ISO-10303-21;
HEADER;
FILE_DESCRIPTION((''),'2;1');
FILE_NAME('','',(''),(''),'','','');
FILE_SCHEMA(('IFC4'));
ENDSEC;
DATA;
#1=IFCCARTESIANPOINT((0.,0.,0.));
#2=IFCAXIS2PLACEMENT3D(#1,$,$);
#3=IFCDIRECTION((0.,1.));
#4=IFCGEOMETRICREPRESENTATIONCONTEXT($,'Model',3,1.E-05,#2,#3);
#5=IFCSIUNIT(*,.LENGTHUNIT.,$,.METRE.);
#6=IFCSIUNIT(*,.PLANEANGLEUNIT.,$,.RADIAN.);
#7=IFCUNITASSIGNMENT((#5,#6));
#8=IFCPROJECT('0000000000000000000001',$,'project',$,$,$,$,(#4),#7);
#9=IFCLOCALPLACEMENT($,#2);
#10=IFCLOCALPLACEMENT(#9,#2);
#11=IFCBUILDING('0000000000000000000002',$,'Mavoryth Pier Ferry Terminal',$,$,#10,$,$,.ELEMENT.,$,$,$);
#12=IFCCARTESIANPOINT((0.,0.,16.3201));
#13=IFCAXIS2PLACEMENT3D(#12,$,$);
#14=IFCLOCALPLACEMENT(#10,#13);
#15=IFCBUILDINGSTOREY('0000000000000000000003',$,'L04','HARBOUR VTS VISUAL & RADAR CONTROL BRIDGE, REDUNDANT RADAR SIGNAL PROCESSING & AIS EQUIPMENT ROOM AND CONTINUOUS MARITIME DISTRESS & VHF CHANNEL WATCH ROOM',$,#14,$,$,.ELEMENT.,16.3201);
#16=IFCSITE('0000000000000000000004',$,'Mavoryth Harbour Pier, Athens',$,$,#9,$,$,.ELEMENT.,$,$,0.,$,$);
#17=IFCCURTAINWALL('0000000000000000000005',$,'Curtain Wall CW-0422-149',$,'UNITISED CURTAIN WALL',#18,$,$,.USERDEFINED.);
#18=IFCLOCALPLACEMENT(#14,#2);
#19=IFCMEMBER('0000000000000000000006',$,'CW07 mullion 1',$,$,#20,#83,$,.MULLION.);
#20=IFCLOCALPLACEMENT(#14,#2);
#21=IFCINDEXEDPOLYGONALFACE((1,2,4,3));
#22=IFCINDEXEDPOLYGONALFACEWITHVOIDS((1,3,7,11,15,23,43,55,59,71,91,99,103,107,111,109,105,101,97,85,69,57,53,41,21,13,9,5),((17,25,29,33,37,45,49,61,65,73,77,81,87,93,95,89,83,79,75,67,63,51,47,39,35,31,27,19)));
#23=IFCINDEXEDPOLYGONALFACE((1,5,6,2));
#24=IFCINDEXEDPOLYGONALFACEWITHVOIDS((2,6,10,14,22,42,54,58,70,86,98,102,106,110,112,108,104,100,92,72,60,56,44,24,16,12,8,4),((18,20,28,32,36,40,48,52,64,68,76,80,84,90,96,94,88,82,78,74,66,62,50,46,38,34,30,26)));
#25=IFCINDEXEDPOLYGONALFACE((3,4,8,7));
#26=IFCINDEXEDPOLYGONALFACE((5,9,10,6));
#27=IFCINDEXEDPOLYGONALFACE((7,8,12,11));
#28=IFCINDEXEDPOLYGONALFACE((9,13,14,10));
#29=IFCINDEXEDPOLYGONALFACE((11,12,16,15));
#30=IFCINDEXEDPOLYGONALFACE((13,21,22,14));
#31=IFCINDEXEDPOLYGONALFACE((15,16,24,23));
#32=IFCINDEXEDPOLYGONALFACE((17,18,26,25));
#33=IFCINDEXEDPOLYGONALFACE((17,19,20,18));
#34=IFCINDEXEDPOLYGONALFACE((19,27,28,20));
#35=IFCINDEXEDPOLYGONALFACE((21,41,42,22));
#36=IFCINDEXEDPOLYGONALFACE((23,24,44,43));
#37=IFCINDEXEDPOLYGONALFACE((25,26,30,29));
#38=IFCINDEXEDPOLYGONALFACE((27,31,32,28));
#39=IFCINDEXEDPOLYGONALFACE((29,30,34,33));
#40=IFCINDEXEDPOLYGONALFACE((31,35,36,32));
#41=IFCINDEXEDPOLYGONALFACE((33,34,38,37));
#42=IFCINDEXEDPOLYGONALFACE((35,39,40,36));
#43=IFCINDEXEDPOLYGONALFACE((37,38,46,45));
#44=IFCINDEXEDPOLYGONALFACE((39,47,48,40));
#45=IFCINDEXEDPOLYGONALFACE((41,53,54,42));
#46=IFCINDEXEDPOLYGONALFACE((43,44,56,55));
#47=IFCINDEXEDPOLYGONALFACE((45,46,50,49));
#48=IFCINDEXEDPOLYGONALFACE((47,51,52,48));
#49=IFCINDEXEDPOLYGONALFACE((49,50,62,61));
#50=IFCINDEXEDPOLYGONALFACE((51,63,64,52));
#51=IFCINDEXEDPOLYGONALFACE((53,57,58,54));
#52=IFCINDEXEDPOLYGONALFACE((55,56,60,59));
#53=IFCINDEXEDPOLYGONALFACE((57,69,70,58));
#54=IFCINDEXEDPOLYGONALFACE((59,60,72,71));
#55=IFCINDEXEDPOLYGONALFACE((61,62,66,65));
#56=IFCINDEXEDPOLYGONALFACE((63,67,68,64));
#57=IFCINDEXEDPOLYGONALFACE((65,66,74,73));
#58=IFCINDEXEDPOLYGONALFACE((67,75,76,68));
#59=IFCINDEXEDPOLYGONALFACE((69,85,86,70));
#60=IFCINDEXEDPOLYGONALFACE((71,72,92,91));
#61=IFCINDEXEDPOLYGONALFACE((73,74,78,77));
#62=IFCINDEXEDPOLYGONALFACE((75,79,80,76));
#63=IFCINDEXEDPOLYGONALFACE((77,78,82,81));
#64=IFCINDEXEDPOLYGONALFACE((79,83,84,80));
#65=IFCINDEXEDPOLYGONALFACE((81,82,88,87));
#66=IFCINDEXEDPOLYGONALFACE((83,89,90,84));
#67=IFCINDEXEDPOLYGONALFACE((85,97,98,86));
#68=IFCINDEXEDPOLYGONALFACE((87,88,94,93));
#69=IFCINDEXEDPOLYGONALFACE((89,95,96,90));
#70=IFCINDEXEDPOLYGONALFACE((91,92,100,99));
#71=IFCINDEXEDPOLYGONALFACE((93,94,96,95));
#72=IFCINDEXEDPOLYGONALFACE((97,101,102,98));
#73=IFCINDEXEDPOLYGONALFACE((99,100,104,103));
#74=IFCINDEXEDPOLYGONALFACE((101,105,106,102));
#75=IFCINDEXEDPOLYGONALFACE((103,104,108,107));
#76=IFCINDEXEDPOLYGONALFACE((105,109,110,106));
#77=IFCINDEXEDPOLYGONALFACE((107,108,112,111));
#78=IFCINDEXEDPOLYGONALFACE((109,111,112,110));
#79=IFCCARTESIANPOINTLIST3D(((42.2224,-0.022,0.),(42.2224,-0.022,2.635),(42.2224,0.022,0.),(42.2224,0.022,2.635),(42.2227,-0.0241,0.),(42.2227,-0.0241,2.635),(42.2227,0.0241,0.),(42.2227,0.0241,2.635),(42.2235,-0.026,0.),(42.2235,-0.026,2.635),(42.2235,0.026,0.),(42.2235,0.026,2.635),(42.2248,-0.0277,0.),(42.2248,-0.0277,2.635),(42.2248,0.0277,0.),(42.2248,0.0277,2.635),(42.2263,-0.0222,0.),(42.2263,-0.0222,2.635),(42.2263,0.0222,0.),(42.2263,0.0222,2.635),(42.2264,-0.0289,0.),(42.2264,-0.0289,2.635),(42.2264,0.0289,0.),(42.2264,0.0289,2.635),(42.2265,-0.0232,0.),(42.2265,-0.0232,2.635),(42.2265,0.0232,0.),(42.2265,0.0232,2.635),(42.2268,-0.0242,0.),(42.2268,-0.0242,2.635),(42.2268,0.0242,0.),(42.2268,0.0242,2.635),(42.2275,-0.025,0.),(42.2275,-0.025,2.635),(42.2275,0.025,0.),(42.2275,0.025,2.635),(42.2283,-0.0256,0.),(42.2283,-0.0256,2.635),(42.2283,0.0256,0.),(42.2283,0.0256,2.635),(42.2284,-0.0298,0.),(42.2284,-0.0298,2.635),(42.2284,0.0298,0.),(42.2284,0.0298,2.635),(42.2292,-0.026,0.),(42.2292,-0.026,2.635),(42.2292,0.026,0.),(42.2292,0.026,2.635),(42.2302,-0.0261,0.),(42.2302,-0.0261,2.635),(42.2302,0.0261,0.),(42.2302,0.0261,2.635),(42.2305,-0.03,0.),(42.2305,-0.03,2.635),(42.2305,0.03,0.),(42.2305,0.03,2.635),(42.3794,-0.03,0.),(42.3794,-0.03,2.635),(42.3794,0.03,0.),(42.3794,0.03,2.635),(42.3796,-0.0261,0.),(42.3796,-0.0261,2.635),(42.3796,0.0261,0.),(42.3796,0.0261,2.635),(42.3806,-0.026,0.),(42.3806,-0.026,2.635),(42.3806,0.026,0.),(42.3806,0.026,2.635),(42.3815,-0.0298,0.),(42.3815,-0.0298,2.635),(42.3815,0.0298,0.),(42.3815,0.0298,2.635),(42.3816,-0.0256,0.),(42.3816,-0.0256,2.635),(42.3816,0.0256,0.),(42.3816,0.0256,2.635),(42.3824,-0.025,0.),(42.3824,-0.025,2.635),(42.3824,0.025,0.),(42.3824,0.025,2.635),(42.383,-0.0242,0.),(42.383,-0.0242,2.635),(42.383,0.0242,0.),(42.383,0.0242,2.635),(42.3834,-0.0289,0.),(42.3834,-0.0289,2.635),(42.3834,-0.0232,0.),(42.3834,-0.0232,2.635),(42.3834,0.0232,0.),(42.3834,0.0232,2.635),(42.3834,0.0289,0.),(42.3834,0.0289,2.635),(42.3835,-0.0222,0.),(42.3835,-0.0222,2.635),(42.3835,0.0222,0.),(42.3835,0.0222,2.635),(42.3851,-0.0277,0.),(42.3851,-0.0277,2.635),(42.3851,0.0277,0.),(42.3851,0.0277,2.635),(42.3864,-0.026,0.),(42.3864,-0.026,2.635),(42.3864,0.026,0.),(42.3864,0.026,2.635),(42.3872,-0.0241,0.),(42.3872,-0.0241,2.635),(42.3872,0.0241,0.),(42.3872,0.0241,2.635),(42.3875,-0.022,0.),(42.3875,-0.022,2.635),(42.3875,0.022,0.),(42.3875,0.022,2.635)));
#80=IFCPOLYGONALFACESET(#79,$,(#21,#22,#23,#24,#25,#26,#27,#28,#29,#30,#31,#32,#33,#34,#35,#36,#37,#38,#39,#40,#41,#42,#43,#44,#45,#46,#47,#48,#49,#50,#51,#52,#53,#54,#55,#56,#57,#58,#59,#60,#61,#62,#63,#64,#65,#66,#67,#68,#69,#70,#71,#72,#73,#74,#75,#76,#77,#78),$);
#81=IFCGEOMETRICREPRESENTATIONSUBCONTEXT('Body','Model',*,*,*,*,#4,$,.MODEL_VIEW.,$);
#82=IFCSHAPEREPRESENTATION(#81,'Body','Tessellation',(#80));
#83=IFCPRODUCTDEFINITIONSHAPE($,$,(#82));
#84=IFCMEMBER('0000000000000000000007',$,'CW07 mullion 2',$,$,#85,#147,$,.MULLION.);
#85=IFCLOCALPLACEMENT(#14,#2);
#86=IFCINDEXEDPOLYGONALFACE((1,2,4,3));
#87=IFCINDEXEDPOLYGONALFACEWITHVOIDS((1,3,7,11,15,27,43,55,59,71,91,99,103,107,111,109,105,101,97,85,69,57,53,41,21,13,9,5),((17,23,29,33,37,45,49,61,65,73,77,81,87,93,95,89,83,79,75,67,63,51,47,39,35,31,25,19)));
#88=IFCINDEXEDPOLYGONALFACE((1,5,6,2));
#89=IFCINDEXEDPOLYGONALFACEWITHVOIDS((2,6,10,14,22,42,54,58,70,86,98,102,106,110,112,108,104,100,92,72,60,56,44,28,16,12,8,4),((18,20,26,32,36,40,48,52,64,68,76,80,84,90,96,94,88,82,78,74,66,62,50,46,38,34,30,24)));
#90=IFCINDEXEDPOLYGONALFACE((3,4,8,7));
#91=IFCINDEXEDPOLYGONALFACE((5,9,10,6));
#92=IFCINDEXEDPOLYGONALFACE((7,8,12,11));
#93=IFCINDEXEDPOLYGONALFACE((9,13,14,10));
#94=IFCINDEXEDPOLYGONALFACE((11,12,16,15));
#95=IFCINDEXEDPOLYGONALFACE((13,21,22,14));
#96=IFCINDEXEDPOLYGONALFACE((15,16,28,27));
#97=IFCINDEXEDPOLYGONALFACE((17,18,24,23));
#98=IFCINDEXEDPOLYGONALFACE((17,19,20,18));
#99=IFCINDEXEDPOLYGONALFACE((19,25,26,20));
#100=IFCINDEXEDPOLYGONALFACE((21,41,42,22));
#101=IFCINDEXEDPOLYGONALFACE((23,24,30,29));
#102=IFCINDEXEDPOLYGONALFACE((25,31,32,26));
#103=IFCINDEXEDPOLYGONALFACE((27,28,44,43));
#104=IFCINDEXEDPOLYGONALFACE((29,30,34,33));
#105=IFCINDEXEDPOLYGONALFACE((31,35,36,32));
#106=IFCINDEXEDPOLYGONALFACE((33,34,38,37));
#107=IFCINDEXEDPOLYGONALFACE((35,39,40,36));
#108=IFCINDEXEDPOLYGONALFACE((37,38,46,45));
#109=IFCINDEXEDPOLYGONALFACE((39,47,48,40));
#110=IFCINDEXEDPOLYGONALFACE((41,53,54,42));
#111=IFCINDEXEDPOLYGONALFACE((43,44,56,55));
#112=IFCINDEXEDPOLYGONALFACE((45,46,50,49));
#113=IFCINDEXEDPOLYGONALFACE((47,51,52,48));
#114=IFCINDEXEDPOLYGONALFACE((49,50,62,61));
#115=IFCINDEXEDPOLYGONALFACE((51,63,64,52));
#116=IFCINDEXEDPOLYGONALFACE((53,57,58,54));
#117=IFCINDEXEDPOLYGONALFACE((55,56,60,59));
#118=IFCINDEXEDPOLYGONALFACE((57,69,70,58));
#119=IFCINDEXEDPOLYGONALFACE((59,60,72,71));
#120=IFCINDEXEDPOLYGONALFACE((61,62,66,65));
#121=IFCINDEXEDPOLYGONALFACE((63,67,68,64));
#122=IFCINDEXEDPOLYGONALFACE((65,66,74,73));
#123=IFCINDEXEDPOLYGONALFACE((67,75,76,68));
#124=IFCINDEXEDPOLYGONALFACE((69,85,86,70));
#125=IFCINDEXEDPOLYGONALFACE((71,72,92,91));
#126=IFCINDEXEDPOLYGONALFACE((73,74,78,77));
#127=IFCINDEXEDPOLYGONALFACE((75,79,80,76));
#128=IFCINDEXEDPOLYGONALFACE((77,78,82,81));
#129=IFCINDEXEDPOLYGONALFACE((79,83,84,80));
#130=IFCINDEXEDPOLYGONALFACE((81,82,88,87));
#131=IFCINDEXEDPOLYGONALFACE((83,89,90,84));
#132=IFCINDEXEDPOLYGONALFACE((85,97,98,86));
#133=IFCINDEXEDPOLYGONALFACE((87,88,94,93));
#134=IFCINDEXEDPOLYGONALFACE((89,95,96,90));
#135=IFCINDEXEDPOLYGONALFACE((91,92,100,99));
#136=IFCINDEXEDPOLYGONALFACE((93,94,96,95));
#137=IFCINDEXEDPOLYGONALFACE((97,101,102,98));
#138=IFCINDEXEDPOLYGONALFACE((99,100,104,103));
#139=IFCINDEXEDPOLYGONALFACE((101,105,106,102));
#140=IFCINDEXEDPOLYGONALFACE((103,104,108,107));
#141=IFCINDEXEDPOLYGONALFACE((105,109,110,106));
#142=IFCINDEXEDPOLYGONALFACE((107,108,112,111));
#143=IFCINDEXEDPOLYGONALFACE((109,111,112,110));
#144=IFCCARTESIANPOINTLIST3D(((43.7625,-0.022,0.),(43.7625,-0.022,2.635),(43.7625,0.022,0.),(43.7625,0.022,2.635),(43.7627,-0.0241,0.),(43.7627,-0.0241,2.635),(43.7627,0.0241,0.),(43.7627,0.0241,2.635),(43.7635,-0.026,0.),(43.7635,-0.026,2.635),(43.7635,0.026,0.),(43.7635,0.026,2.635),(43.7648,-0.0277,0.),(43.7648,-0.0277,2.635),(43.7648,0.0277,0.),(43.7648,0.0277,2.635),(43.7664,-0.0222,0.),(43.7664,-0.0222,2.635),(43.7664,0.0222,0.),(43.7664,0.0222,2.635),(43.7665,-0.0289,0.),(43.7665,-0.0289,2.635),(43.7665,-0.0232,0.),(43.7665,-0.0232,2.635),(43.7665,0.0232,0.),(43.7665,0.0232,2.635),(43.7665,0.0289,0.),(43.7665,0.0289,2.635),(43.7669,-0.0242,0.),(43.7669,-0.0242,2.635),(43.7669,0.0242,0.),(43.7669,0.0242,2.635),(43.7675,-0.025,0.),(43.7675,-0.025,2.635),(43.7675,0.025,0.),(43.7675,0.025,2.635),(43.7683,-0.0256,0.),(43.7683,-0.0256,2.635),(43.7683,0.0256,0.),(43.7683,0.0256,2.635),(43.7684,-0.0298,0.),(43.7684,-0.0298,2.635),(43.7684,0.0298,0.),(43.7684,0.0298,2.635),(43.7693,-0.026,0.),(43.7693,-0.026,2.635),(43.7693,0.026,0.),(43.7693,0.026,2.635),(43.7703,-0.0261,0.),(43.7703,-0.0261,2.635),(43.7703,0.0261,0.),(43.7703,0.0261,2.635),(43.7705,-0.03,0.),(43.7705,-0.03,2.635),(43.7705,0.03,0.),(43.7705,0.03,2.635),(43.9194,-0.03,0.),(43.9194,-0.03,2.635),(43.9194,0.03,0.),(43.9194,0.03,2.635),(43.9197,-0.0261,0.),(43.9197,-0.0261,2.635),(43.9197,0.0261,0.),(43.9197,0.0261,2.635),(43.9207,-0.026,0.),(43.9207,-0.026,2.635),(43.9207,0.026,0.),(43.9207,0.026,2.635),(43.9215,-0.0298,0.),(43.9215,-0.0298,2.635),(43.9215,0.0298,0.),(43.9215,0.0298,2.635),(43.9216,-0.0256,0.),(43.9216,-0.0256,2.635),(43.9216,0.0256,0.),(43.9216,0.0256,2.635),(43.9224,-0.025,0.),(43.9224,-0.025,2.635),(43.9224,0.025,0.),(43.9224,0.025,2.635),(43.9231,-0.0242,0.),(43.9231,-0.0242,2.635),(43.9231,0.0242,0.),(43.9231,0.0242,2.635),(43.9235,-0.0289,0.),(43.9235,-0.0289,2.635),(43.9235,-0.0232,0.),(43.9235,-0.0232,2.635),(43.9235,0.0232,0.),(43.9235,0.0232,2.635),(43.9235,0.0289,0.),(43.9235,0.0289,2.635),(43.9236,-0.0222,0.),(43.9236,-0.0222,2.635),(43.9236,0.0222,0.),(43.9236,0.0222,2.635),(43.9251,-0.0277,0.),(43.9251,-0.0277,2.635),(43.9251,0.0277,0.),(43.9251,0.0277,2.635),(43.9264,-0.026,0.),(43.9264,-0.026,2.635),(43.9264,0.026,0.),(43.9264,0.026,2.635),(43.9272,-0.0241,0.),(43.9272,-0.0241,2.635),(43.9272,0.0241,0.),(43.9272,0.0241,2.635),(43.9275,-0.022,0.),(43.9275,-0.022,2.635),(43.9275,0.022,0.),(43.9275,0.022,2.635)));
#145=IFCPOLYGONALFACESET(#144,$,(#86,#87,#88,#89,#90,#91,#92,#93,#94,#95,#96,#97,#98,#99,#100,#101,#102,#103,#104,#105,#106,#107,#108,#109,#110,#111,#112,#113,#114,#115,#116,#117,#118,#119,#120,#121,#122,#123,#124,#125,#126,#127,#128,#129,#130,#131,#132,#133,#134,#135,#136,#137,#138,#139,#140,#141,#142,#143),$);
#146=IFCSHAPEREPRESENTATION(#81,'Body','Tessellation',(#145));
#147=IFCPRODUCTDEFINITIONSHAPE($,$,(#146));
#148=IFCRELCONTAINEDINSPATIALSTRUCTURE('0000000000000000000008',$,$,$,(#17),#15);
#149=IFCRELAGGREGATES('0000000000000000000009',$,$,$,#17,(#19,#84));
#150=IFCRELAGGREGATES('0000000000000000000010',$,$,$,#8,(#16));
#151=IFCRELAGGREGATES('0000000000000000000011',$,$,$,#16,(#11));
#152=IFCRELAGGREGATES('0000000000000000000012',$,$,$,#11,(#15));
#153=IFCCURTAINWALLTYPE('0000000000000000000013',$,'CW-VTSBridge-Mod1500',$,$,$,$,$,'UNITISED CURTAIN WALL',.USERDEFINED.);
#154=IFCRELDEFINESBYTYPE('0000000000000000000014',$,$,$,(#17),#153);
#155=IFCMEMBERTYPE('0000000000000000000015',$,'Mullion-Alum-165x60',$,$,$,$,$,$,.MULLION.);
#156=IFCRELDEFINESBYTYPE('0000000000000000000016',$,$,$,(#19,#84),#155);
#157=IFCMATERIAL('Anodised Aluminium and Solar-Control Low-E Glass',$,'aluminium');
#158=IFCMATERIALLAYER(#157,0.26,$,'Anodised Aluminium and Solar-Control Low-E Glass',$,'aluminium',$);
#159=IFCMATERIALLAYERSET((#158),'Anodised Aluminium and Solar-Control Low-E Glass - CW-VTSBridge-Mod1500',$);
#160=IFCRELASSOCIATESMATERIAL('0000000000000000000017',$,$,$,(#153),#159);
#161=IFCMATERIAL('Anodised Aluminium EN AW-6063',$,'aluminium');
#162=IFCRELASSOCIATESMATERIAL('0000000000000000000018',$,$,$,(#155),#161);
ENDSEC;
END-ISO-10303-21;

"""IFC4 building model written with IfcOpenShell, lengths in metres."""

from ifc_helpers import new_model, si_unit, direction, frame, origin, origin_2d, place, context, subcontext, project, spatial, hollow_rectangle, extrude, material, layer, layer_set, material_profile, profile_set, type_object, element, aggregate, save


model = new_model("IFC4")

# Units and contexts
model_context = context("Model", 3, precision=1e-05, world=origin(), true_north=direction((0.0, 1.0)))
body_context = subcontext(model_context, "Body", "Model", "MODEL_VIEW")
ifc_project = project(units=[si_unit("LENGTHUNIT", "METRE"), si_unit("PLANEANGLEUNIT", "RADIAN")], contexts=[model_context])

# Site, building, storey
site_placement = place(None, origin())
site = spatial("IfcSite", under=ifc_project, at=site_placement, Name="Mavoryth Harbour Pier, Athens", CompositionType="ELEMENT", RefElevation=0.0)
building_placement = place(site_placement, origin())
building = spatial("IfcBuilding", under=site, at=building_placement, Name="Mavoryth Pier Ferry Terminal", CompositionType="ELEMENT")
storey_placement = place(building_placement, frame((0.0, 0.0, 16.3201)))
storey = spatial("IfcBuildingStorey", under=building, at=storey_placement, Name="L04", Description="HARBOUR VTS VISUAL & RADAR CONTROL BRIDGE, REDUNDANT RADAR SIGNAL PROCESSING & AIS EQUIPMENT ROOM AND CONTINUOUS MARITIME DISTRESS & VHF CHANNEL WATCH ROOM", CompositionType="ELEMENT", Elevation=16.3201)

# Curtain wall, members
ifc_material_1 = material(Name="Anodised Aluminium and Solar-Control Low-E Glass", Category="aluminium")
ifc_layer_1 = layer(ifc_material_1, 0.26, Name="Anodised Aluminium and Solar-Control Low-E Glass", Category="aluminium")
ifc_layer_set_1 = layer_set([ifc_layer_1], Name="Anodised Aluminium and Solar-Control Low-E Glass - CW-VTSBridge-Mod1500")
curtain_wall_type = type_object("IfcCurtainWallType", Name="CW-VTSBridge-Mod1500", ElementType="UNITISED CURTAIN WALL", PredefinedType="USERDEFINED", material=ifc_layer_set_1)
curtain_wall_placement = place(storey_placement, origin())
curtain_wall = element("IfcCurtainWall", 1, at=curtain_wall_placement, inside=storey, type_object=curtain_wall_type, Name="Curtain Wall CW-0422-149", ObjectType="UNITISED CURTAIN WALL", PredefinedType="USERDEFINED")
ifc_material_2 = material(Name="Anodised Aluminium EN AW-6063", Category="aluminium")
ifc_material_profile_1 = material_profile(ifc_material_2, hollow_rectangle(XDim=0.0601, YDim=0.165, WallThickness=0.0039, InnerFilletRadius=0.0039, OuterFilletRadius=0.0081, at=origin_2d()), Name="AL-MULL 165x60x4", Category="aluminium")
ifc_profile_set_1 = profile_set([ifc_material_profile_1], Name="Anodised Aluminium EN AW-6063 - AL-MULL 165x60x4")
member_type_1 = type_object("IfcMemberType", Name="Mullion-Alum-165x60", PredefinedType="MULLION", material=ifc_profile_set_1)
member_1_placement = place(storey_placement, frame((42.3049, 0.0, 0.0), z_axis=(0.0, 0.0, 1.0), x_axis=(0.0, 1.0, 0.0)))
member_1 = element("IfcMember", 2, at=member_1_placement, type_object=member_type_1, Name="CW07 mullion 1", PredefinedType="MULLION", context=body_context, shape_type="SweptSolid", body=[
    extrude(hollow_rectangle(XDim=0.0601, YDim=0.165, WallThickness=0.0039, InnerFilletRadius=0.0039, OuterFilletRadius=0.0081, at=origin_2d()), origin(), (0.0, 0.0, 1.0), 2.635),
])
member_2_placement = place(storey_placement, frame((43.845, 0.0, 0.0), z_axis=(0.0, 0.0, 1.0), x_axis=(0.0, 1.0, 0.0)))
member_2 = element("IfcMember", 3, at=member_2_placement, type_object=member_type_1, Name="CW07 mullion 2", PredefinedType="MULLION", context=body_context, shape_type="SweptSolid", body=[
    extrude(hollow_rectangle(XDim=0.0601, YDim=0.165, WallThickness=0.0039, InnerFilletRadius=0.0039, OuterFilletRadius=0.0081, at=origin_2d()), origin(), (0.0, 0.0, 1.0), 2.635),
])

aggregate(curtain_wall, [member_1, member_2])

save(model, "model.ifc")
